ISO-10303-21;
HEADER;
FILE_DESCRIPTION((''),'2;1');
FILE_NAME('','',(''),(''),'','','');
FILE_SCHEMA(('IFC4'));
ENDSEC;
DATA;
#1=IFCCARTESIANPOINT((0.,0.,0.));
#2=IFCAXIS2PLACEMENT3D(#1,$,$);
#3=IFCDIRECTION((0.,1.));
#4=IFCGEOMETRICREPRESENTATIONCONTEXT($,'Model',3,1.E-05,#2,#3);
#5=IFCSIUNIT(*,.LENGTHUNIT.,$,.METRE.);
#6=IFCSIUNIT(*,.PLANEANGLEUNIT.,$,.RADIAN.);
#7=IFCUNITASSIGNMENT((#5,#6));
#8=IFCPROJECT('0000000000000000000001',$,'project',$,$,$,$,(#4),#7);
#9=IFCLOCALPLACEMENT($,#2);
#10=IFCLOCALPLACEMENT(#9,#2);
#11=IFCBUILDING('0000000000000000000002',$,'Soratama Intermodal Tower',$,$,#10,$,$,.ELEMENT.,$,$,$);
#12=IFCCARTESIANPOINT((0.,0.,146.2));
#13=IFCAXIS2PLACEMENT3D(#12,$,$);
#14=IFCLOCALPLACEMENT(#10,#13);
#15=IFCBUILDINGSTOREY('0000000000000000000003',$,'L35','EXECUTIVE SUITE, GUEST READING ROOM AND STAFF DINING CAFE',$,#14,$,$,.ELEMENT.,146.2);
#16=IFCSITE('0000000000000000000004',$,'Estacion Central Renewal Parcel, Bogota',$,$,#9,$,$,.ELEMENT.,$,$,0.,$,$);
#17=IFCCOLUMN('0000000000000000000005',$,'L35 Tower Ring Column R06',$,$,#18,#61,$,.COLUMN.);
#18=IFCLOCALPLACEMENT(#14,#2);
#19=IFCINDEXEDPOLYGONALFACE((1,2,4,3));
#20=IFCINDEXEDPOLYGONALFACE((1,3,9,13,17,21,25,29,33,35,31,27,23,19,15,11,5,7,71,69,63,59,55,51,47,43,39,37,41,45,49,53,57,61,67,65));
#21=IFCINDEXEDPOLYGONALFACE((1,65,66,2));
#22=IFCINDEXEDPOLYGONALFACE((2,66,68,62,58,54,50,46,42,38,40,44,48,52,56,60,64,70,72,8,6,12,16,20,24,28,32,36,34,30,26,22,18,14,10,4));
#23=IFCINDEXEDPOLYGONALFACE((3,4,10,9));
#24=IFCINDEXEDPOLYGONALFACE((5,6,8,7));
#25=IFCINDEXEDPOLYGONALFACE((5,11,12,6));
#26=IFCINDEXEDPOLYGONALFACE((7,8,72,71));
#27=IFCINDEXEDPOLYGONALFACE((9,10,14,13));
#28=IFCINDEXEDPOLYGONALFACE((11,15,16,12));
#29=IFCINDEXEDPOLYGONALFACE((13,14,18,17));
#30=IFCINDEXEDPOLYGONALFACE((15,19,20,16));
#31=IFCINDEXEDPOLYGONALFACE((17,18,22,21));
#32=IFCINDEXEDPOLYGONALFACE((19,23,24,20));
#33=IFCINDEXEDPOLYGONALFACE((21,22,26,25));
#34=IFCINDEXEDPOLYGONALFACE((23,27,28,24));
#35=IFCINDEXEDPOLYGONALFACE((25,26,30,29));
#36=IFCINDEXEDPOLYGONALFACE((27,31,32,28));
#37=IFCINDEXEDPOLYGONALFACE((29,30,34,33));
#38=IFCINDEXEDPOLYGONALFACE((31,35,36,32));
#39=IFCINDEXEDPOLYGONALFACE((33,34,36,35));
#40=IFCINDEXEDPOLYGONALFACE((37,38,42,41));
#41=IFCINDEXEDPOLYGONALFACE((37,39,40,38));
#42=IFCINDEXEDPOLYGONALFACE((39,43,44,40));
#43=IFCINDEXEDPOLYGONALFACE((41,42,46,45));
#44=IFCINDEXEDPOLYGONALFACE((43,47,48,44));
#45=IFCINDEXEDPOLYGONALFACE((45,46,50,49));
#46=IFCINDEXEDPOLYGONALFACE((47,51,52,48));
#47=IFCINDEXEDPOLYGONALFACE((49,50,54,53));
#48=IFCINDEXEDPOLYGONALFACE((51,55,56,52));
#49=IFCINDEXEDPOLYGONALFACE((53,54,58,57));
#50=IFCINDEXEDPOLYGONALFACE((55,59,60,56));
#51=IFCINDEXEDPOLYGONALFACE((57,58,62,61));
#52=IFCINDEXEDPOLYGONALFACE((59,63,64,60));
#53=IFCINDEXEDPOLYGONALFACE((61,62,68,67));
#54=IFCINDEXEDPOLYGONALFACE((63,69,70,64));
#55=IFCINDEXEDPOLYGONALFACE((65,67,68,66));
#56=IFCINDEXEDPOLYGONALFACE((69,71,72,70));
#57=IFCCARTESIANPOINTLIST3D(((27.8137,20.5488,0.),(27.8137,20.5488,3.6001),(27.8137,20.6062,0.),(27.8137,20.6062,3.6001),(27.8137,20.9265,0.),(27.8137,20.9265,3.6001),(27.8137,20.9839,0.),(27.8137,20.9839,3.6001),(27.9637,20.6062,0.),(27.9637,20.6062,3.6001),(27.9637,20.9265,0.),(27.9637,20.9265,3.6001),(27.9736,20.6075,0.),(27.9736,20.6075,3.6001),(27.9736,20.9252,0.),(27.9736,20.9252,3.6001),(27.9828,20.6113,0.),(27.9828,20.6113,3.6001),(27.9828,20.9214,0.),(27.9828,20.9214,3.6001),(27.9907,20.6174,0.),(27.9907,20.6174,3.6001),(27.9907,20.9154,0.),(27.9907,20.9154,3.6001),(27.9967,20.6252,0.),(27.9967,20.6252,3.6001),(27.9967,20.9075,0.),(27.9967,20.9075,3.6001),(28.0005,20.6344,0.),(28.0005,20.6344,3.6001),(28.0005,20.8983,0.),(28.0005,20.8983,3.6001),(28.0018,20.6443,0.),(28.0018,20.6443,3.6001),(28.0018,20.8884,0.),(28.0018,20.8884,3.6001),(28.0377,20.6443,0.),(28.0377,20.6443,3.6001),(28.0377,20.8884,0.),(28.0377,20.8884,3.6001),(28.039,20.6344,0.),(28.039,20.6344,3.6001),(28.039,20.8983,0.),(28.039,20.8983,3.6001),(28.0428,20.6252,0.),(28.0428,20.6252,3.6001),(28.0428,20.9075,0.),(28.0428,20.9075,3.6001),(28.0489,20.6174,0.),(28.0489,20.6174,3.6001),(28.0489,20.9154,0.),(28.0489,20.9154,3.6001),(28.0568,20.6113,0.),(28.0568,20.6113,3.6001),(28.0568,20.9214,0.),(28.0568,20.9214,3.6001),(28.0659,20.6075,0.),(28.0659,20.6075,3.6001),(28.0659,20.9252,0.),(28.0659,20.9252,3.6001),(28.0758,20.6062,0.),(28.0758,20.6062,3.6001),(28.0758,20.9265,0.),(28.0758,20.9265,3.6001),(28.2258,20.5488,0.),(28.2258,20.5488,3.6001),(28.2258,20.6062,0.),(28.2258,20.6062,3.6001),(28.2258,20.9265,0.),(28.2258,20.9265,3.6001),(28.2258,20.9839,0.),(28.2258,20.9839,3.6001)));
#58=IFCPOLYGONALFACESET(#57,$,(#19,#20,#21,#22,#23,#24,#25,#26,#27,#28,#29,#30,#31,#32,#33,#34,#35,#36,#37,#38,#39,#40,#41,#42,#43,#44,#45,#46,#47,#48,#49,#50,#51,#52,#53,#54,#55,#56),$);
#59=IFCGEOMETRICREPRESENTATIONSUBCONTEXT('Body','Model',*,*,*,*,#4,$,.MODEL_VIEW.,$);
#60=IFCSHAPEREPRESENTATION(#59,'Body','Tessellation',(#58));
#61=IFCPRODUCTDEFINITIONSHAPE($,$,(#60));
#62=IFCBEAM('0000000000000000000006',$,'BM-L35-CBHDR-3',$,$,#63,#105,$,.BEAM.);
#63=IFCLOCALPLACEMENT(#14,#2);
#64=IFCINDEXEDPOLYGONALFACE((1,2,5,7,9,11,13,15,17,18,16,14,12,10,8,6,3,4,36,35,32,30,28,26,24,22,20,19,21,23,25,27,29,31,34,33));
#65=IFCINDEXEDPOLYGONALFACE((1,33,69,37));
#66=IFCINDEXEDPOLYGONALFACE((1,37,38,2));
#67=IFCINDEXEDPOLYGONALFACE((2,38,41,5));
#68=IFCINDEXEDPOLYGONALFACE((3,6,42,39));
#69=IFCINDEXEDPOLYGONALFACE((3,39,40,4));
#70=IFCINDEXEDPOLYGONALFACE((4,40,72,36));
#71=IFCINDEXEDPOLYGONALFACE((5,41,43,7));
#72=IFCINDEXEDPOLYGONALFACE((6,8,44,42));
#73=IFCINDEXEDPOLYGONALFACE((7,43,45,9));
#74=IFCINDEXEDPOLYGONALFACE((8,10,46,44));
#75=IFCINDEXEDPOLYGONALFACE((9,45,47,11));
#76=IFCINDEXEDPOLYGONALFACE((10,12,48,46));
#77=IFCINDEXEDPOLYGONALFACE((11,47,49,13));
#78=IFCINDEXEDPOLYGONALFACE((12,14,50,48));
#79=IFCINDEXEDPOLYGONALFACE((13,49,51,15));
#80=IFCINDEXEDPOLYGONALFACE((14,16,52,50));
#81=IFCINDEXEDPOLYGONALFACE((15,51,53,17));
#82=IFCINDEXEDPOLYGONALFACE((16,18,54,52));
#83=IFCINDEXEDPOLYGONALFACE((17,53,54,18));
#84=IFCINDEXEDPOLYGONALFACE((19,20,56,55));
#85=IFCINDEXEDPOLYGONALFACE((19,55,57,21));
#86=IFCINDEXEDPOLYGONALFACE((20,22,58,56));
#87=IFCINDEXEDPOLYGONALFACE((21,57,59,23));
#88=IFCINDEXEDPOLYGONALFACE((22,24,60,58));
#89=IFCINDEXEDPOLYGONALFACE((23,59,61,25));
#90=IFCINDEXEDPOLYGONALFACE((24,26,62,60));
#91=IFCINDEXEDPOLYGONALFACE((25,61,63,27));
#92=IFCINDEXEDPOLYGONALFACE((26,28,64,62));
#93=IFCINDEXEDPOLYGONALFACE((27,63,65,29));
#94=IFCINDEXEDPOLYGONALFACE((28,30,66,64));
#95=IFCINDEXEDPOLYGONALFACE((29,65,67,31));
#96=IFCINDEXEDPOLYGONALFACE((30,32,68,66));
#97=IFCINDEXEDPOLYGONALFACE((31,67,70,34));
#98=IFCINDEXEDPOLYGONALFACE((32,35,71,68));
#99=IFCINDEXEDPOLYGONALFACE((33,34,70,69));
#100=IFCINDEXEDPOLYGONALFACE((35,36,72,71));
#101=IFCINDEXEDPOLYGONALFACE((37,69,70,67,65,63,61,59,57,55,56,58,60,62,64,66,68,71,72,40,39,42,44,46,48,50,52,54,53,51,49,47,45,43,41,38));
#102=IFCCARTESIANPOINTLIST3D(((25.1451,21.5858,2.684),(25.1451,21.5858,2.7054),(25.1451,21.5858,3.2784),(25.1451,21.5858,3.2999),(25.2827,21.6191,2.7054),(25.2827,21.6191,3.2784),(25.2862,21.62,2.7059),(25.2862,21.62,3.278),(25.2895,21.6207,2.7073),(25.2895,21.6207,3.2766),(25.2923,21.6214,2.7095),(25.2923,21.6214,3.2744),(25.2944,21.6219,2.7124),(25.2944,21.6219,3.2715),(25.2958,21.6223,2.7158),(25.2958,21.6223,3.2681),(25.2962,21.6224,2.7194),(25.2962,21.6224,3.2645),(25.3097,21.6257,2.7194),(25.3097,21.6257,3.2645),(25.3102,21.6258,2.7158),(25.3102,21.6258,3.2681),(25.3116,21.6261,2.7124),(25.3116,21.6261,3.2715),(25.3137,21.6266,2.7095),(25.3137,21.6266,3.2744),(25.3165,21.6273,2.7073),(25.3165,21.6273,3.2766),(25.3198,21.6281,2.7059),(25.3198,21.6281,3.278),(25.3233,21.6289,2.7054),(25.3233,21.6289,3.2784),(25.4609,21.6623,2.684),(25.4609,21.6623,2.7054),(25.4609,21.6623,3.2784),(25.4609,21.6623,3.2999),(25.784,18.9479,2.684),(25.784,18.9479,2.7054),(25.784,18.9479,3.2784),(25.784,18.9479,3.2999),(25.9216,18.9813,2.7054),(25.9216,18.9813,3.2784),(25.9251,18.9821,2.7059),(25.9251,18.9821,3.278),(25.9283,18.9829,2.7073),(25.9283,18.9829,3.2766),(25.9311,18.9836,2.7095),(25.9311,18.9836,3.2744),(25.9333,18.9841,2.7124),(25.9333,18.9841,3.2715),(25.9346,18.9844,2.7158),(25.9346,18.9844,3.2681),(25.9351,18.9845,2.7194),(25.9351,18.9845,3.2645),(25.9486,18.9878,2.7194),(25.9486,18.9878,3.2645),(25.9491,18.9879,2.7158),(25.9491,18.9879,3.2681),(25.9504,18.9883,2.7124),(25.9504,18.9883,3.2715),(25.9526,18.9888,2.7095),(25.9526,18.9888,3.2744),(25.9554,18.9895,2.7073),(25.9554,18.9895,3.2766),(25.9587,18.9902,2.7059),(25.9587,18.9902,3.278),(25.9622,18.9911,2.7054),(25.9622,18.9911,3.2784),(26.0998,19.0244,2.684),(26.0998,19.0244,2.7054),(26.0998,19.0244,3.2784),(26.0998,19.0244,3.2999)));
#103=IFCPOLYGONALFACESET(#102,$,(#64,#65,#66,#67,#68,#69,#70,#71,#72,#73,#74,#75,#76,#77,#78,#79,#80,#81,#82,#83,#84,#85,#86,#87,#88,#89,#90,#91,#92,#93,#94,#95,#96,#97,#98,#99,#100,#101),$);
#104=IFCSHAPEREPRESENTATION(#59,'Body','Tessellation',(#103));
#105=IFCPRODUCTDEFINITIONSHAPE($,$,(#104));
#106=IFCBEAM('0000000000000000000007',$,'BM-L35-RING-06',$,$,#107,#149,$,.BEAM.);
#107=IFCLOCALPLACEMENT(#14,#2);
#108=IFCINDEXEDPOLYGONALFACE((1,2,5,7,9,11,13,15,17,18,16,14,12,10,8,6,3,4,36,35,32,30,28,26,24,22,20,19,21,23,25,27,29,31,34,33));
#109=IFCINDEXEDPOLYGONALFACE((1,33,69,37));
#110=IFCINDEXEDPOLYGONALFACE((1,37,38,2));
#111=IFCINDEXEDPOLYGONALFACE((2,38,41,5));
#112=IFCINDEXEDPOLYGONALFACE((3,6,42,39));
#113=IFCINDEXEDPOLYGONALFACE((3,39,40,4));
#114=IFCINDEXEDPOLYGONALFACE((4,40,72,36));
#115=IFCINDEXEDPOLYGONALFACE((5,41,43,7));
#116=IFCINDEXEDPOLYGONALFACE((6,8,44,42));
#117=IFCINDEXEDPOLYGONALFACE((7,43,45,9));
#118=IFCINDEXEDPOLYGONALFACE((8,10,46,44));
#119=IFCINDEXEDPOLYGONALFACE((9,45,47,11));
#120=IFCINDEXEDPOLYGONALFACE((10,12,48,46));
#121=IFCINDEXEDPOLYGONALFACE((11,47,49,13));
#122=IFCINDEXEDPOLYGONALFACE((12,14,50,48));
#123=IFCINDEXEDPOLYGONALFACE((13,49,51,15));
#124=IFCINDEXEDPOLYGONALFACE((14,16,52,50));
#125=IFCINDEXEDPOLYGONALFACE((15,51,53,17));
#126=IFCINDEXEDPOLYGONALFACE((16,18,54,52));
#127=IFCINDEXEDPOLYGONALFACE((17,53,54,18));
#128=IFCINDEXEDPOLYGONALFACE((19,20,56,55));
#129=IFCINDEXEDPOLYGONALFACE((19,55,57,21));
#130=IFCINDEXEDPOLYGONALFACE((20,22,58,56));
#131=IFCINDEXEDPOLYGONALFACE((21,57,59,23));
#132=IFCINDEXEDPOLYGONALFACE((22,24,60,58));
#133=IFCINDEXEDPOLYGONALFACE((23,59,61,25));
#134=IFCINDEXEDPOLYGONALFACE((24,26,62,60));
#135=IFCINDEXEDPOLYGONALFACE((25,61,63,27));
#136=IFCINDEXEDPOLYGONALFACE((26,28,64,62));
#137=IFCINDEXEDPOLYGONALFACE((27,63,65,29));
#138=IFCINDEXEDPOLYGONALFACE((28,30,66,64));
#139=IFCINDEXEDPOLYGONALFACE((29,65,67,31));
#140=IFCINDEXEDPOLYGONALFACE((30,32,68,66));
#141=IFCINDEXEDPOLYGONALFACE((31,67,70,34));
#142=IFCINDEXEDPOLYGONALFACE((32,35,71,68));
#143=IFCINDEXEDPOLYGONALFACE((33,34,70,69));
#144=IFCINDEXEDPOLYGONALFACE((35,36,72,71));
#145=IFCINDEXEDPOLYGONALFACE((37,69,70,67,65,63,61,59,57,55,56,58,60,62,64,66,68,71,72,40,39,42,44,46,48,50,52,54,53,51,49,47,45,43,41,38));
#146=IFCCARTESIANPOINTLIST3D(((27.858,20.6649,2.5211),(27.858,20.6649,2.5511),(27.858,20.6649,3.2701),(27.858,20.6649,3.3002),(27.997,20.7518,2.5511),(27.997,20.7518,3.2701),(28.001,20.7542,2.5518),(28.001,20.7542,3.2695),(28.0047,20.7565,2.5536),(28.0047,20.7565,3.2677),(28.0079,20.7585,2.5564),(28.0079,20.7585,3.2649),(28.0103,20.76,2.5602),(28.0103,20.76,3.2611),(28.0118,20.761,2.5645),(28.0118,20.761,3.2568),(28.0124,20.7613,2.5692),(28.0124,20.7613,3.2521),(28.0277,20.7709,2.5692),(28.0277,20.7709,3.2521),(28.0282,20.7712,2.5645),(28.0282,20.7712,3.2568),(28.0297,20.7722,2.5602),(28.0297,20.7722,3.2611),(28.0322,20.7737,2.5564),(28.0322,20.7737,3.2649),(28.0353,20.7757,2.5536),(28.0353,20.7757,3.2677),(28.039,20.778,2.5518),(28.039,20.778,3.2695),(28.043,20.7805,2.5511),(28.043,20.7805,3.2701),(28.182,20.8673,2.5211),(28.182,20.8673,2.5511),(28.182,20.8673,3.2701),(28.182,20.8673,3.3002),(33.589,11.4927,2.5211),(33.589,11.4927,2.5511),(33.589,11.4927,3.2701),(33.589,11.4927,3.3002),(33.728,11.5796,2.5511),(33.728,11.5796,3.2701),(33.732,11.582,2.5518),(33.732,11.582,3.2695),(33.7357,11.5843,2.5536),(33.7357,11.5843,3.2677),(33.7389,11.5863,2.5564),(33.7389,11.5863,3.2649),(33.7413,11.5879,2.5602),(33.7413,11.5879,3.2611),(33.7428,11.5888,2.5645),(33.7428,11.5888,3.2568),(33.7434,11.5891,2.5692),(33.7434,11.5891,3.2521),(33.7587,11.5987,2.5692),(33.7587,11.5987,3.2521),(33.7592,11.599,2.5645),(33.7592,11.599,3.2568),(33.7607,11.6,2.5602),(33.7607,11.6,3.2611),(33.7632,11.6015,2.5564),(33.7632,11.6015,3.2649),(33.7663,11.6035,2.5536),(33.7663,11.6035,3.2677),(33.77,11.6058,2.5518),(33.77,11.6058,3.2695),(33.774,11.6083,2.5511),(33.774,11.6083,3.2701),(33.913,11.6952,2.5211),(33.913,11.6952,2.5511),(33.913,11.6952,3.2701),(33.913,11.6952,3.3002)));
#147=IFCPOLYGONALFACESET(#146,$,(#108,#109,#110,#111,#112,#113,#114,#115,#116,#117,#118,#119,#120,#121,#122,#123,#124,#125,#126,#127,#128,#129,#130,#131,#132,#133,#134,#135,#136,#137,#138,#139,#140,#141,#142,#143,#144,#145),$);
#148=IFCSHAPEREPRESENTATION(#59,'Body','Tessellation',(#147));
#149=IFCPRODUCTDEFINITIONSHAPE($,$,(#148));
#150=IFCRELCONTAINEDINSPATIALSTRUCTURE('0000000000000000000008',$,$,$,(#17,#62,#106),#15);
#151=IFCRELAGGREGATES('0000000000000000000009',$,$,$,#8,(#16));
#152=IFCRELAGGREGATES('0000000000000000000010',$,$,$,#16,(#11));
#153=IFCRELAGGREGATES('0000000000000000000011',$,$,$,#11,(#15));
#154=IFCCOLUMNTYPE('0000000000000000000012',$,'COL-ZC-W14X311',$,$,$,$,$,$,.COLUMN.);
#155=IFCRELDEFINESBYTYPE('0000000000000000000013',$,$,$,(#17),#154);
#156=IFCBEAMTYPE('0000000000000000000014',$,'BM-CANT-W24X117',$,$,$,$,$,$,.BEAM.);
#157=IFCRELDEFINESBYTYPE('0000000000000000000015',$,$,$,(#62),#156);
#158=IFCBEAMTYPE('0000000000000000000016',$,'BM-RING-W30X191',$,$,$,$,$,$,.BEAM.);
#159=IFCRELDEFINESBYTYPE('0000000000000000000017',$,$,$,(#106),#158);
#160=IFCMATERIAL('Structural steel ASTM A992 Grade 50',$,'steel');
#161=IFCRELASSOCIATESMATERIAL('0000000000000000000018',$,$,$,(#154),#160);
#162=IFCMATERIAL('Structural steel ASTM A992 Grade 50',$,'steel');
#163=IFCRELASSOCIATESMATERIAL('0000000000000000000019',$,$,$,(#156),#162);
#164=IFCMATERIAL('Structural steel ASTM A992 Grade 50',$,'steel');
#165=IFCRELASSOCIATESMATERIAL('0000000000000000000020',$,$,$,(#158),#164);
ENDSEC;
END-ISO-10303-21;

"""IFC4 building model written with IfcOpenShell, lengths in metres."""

from ifc_helpers import new_model, si_unit, direction, frame, origin, origin_2d, place, context, subcontext, project, spatial, i_section, extrude, material, material_profile, profile_set, type_object, element, save


model = new_model("IFC4")

# Units and contexts
model_context = context("Model", 3, precision=1e-05, world=origin(), true_north=direction((0.0, 1.0)))
body_context = subcontext(model_context, "Body", "Model", "MODEL_VIEW")
ifc_project = project(units=[si_unit("LENGTHUNIT", "METRE"), si_unit("PLANEANGLEUNIT", "RADIAN")], contexts=[model_context])

# Site, building, storey
site_placement = place(None, origin())
site = spatial("IfcSite", under=ifc_project, at=site_placement, Name="Estacion Central Renewal Parcel, Bogota", CompositionType="ELEMENT", RefElevation=0.0)
building_placement = place(site_placement, origin())
building = spatial("IfcBuilding", under=site, at=building_placement, Name="Soratama Intermodal Tower", CompositionType="ELEMENT")
storey_placement = place(building_placement, frame((0.0, 0.0, 146.2)))
storey = spatial("IfcBuildingStorey", under=building, at=storey_placement, Name="L35", Description="EXECUTIVE SUITE, GUEST READING ROOM AND STAFF DINING CAFE", CompositionType="ELEMENT", Elevation=146.2)

# Column
ifc_material_1 = material(Name="Structural steel ASTM A992 Grade 50", Category="steel")
ifc_material_profile_1 = material_profile(ifc_material_1, i_section(OverallWidth=0.4121, OverallDepth=0.4351, WebThickness=0.0359, FlangeThickness=0.0574, FilletRadius=0.0381, at=origin_2d()), Name="W14X311")
ifc_profile_set_1 = profile_set([ifc_material_profile_1], Name="Structural steel ASTM A992 Grade 50")
column_type = type_object("IfcColumnType", Name="COL-ZC-W14X311", PredefinedType="COLUMN", material=ifc_profile_set_1)
column_placement = place(storey_placement, frame((28.0198, 20.7664, 0.0), z_axis=(0.0, 0.0, 1.0), x_axis=(1.0, 0.0, 0.0)))
element("IfcColumn", 1, at=column_placement, inside=storey, type_object=column_type, Name="L35 Tower Ring Column R06", PredefinedType="COLUMN", context=body_context, shape_type="SweptSolid", body=[
    extrude(i_section(OverallWidth=0.4121, OverallDepth=0.4351, WebThickness=0.0359, FlangeThickness=0.0574, FilletRadius=0.0381, at=origin_2d()), origin(), (0.0, 0.0, 1.0), 3.6001),
])

# Beams
ifc_material_2 = material(Name="Structural steel ASTM A992 Grade 50", Category="steel")
ifc_material_profile_2 = material_profile(ifc_material_2, i_section(OverallWidth=0.325, OverallDepth=0.616, WebThickness=0.0139, FlangeThickness=0.0215, FilletRadius=0.0139, at=origin_2d()), Name="W24X117")
ifc_profile_set_2 = profile_set([ifc_material_profile_2], Name="Structural steel ASTM A992 Grade 50")
beam_type_1 = type_object("IfcBeamType", Name="BM-CANT-W24X117", PredefinedType="BEAM", material=ifc_profile_set_2)
beam_1_placement = place(storey_placement, frame((25.303, 21.624, 2.9919), z_axis=(0.235397, -0.971899, 0.0), x_axis=(0.971899, 0.235397, 0.0)))
element("IfcBeam", 2, at=beam_1_placement, inside=storey, type_object=beam_type_1, Name="BM-L35-CBHDR-3", PredefinedType="BEAM", context=body_context, shape_type="SweptSolid", body=[
    extrude(i_section(OverallWidth=0.325, OverallDepth=0.616, WebThickness=0.0139, FlangeThickness=0.0215, FilletRadius=0.0139, at=origin_2d()), origin(), (0.0, 0.0, 1.0), 2.7141),
])
ifc_material_3 = material(Name="Structural steel ASTM A992 Grade 50", Category="steel")
ifc_material_profile_3 = material_profile(ifc_material_3, i_section(OverallWidth=0.3821, OverallDepth=0.7791, WebThickness=0.0181, FlangeThickness=0.03, FilletRadius=0.0181, at=origin_2d()), Name="W30X191")
ifc_profile_set_3 = profile_set([ifc_material_profile_3], Name="Structural steel ASTM A992 Grade 50")
beam_type_2 = type_object("IfcBeamType", Name="BM-RING-W30X191", PredefinedType="BEAM", material=ifc_profile_set_3)
beam_2_placement = place(storey_placement, frame((28.02, 20.7661, 2.9106), z_axis=(0.529891, -0.848066, 0.0), x_axis=(0.848066, 0.529891, 0.0)))
element("IfcBeam", 3, at=beam_2_placement, inside=storey, type_object=beam_type_2, Name="BM-L35-RING-06", PredefinedType="BEAM", context=body_context, shape_type="SweptSolid", body=[
    extrude(i_section(OverallWidth=0.3821, OverallDepth=0.7791, WebThickness=0.0181, FlangeThickness=0.03, FilletRadius=0.0181, at=origin_2d()), origin(), (0.0, 0.0, 1.0), 10.8154),
])

save(model, "model.ifc")
